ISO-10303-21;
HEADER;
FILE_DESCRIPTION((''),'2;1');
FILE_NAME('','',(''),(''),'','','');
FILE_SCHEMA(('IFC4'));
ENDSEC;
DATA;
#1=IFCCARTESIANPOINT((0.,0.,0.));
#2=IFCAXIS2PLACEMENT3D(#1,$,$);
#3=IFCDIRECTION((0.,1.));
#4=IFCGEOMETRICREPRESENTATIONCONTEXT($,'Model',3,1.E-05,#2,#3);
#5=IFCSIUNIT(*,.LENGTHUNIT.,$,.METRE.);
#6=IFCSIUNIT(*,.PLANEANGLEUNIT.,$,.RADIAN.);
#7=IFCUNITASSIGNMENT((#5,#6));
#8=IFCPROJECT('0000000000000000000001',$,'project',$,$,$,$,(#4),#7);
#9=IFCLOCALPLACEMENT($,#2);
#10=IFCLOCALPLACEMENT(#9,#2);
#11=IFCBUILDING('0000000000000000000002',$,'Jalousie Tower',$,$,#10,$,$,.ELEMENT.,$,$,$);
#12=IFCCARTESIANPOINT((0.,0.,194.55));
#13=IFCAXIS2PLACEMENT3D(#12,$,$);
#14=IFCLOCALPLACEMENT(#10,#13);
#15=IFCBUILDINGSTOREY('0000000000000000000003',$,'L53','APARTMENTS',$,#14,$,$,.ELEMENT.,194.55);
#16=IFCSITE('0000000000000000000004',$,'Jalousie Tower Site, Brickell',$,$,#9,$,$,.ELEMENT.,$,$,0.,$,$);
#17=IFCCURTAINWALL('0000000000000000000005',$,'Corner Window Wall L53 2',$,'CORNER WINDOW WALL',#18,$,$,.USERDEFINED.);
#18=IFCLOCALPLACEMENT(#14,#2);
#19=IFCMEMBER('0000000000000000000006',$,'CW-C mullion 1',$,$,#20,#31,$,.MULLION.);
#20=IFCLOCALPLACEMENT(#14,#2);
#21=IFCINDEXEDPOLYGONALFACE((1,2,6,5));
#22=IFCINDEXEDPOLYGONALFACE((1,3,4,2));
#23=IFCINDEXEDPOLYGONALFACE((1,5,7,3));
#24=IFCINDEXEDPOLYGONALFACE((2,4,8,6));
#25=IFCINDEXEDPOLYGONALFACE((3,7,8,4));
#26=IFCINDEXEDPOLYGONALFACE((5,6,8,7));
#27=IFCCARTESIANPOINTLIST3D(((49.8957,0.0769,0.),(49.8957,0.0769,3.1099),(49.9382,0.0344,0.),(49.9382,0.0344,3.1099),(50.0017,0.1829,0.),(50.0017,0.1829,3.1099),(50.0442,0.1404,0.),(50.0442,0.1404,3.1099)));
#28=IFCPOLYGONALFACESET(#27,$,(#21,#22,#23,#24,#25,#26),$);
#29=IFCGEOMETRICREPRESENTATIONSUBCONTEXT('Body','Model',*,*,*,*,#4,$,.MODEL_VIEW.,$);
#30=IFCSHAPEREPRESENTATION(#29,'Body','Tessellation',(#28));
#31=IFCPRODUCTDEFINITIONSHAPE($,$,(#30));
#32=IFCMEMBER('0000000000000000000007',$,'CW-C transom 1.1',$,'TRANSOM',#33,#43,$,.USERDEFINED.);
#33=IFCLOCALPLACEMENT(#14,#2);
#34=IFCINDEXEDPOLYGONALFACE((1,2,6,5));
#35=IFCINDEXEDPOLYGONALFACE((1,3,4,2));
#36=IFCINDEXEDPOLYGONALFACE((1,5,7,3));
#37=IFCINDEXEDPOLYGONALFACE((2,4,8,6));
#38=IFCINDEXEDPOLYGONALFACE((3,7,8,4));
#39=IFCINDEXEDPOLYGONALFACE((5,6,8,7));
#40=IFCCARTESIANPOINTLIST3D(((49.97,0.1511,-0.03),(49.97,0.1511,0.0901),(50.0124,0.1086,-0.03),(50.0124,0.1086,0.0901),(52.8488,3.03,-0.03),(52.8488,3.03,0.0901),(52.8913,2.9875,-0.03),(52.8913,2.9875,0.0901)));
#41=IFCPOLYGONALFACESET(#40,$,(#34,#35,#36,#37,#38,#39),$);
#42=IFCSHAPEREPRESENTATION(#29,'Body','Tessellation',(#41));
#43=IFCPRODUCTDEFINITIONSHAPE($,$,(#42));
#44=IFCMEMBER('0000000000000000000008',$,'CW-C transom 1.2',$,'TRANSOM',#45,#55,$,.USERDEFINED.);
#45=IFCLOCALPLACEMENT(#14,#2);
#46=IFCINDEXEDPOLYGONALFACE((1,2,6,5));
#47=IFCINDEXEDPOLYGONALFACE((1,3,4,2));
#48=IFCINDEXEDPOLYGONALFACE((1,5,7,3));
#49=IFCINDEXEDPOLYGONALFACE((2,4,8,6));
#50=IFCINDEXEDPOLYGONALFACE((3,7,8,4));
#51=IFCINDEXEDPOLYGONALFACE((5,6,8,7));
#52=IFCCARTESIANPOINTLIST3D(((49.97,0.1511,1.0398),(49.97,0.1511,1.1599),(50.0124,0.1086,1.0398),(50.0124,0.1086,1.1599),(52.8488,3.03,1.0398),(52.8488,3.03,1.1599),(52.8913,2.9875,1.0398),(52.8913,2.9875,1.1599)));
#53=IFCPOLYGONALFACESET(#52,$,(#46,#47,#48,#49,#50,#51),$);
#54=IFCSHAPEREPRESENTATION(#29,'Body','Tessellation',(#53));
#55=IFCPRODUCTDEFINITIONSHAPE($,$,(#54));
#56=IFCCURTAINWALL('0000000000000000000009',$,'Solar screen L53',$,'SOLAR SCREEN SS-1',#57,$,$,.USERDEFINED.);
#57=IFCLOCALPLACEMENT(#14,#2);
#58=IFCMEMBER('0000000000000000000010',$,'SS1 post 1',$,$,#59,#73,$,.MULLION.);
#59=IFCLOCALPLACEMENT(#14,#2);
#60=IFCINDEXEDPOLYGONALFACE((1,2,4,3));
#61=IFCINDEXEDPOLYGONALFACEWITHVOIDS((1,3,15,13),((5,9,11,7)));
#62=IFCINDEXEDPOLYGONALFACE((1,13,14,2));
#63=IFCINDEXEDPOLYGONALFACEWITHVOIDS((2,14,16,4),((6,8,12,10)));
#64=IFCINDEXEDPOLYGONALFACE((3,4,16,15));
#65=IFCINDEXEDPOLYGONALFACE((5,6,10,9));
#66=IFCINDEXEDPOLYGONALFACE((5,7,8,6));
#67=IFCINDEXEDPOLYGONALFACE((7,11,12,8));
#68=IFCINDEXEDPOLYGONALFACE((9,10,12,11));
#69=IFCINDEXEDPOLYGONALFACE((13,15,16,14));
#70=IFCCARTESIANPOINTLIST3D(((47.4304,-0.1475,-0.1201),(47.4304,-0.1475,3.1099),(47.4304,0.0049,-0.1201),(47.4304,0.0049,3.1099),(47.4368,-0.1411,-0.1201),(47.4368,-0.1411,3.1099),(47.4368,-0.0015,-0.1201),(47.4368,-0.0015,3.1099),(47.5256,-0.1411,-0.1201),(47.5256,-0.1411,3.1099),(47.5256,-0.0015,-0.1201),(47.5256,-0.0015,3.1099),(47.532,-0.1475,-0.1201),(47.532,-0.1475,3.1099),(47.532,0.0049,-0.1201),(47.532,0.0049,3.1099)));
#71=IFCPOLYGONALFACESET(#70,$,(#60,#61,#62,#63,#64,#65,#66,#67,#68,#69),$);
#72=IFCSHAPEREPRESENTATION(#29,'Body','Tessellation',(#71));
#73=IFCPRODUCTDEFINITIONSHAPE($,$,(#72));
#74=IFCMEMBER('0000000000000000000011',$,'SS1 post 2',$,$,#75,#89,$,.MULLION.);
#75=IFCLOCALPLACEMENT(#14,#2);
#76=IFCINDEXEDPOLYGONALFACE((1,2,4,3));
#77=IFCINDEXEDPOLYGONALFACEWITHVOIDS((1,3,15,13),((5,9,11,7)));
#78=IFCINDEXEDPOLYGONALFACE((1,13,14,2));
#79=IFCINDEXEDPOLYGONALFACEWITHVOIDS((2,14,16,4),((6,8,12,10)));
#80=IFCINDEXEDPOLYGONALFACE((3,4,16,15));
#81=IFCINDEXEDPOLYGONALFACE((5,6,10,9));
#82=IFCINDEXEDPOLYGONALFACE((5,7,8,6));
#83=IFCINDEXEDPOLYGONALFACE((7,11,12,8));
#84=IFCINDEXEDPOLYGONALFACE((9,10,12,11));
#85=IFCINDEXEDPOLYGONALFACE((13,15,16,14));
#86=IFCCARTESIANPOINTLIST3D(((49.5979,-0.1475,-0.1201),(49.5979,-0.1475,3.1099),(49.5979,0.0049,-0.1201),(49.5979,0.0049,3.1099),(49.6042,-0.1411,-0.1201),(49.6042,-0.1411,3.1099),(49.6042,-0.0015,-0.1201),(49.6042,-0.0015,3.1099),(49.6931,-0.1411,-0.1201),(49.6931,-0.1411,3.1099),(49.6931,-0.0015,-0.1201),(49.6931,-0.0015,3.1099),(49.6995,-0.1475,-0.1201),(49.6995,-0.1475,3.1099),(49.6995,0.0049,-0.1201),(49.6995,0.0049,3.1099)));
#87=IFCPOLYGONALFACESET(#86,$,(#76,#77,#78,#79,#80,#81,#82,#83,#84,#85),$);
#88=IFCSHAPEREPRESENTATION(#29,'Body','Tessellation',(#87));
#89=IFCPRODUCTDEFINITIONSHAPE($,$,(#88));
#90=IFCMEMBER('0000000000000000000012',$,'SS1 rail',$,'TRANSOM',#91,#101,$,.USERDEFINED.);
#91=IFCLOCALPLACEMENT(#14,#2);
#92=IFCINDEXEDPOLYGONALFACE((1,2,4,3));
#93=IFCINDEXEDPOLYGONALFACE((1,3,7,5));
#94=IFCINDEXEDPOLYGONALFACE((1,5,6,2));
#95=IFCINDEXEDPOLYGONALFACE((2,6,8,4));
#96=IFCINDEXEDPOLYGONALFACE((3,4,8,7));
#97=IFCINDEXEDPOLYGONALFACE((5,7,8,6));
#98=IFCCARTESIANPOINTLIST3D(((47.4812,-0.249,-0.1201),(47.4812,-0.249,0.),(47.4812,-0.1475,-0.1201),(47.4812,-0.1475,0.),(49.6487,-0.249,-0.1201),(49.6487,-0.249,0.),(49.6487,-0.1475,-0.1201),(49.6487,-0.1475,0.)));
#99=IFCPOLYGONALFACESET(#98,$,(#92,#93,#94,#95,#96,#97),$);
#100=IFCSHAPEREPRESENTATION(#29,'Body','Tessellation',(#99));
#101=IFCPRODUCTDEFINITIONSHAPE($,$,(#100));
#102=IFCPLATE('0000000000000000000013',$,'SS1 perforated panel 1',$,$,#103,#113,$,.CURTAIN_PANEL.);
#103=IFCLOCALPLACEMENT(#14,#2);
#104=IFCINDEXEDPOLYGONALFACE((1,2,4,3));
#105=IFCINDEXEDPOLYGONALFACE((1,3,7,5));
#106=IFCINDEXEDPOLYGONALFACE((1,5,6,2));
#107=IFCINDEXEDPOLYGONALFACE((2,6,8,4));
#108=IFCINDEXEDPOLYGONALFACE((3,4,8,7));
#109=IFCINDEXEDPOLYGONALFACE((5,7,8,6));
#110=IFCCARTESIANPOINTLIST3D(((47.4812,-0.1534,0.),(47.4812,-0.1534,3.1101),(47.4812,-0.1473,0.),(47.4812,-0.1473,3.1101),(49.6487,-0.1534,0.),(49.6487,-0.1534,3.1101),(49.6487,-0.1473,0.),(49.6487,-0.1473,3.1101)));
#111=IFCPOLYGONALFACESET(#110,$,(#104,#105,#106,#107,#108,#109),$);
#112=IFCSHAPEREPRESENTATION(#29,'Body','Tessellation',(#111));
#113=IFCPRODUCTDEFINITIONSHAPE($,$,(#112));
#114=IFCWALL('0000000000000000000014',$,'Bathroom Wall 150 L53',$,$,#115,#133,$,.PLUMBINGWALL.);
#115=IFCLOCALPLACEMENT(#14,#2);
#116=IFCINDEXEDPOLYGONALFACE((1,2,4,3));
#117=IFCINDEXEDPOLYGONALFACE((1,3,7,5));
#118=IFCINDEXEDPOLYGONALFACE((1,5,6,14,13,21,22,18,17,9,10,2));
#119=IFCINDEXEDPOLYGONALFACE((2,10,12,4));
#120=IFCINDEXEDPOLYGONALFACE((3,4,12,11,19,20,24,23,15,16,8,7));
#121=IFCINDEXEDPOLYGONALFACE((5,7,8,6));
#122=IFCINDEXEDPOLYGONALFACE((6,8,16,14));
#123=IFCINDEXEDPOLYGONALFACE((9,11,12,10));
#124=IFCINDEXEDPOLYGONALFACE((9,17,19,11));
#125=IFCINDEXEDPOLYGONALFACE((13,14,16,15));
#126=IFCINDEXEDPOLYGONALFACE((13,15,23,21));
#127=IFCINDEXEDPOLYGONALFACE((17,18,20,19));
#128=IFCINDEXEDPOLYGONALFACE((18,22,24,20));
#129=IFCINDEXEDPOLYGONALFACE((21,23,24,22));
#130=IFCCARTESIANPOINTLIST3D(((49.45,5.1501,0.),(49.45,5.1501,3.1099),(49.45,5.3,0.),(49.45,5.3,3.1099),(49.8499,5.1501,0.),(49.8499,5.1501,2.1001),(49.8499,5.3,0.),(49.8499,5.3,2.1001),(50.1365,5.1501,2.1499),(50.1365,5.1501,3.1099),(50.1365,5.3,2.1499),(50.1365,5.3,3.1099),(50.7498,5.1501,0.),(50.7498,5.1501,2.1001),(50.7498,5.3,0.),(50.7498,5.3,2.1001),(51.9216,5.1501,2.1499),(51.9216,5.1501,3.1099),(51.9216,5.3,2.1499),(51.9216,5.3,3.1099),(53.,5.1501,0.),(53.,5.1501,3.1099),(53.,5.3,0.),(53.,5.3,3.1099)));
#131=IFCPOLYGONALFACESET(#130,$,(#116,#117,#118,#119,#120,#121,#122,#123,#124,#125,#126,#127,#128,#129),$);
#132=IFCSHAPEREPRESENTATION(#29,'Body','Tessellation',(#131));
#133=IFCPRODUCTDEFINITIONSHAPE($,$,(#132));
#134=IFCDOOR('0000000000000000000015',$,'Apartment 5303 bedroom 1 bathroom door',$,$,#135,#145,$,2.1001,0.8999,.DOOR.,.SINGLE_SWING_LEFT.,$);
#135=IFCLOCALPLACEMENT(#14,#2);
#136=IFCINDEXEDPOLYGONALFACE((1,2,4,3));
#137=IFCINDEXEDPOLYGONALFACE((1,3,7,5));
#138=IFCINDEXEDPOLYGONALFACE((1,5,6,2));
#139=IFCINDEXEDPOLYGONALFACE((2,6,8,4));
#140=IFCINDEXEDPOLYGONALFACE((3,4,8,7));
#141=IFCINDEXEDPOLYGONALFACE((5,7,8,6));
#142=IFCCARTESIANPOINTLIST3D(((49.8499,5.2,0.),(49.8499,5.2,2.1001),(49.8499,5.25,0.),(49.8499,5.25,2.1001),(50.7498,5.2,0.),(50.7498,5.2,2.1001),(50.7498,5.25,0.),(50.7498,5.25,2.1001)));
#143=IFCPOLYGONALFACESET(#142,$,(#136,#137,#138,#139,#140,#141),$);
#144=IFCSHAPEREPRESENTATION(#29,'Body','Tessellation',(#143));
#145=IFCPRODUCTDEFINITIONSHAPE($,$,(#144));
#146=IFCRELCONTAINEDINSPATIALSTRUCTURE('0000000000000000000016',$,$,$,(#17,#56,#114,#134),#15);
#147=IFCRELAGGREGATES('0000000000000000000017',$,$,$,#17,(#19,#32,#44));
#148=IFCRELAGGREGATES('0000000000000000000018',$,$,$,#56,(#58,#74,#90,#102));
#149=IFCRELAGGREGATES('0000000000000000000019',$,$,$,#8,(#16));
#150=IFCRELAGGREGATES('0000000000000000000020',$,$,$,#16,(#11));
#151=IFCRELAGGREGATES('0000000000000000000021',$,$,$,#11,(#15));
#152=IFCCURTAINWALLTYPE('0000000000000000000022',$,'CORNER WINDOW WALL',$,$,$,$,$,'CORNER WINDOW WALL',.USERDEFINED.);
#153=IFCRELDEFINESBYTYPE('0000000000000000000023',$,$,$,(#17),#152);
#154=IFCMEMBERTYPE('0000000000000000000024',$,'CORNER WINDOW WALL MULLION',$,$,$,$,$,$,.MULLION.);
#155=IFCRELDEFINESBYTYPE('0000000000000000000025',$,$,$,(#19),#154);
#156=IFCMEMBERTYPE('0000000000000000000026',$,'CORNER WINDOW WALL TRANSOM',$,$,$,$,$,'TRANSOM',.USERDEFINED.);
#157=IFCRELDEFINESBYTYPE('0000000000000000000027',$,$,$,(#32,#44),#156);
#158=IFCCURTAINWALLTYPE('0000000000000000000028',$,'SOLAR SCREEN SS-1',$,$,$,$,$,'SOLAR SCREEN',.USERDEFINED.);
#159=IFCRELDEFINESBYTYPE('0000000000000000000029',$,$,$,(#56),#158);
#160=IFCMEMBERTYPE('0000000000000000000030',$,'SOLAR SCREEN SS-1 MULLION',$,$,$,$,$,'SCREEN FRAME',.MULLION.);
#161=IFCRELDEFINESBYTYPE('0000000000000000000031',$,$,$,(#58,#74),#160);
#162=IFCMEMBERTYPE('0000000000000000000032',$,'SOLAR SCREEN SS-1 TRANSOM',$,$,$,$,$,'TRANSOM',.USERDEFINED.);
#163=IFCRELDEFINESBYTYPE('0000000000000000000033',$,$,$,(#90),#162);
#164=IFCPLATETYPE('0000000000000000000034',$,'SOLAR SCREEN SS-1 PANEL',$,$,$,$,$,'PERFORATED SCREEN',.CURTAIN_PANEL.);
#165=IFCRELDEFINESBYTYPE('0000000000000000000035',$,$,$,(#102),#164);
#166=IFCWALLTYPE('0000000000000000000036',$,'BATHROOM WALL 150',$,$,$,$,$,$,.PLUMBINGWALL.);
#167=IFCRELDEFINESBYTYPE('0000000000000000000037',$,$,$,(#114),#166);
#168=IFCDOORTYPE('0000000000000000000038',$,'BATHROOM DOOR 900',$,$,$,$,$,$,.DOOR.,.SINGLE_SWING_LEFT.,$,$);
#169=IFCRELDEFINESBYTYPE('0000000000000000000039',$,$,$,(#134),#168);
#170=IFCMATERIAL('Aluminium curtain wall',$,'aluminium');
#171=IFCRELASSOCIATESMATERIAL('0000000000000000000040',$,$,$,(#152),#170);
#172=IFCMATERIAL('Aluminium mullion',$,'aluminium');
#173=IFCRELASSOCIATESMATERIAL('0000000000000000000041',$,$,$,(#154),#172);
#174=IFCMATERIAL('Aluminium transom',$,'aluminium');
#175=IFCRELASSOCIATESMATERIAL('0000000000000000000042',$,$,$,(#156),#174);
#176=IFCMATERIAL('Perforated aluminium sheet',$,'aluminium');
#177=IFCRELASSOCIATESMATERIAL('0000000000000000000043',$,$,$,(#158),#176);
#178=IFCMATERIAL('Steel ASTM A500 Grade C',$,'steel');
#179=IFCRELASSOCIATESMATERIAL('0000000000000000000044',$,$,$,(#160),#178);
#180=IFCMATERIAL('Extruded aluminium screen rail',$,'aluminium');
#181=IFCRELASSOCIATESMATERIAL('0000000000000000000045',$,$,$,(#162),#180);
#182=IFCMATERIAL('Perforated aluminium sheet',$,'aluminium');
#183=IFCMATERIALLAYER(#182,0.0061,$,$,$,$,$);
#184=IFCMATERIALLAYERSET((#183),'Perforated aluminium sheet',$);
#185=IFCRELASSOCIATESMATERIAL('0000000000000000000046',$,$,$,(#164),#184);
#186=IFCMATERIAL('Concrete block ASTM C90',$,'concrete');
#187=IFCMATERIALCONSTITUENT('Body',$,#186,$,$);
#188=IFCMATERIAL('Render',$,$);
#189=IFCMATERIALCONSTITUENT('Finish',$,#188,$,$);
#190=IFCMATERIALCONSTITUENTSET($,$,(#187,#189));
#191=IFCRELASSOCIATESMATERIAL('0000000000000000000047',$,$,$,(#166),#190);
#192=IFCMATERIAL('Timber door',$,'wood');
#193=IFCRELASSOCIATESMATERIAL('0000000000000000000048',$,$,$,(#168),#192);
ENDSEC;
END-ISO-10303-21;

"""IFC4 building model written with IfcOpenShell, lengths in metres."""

from ifc_helpers import new_model, si_unit, direction, frame, frame_2d, origin, origin_2d, place, context, subcontext, project, spatial, polyline, rectangle, hollow_rectangle, outline, extrude, material, layer, layer_set, constituent, constituent_set, material_profile, profile_set, type_object, element, fill, aggregate, save


model = new_model("IFC4")

# Units and contexts
model_context = context("Model", 3, precision=1e-05, world=origin(), true_north=direction((0.0, 1.0)))
body_context = subcontext(model_context, "Body", "Model", "MODEL_VIEW")
ifc_project = project(units=[si_unit("LENGTHUNIT", "METRE"), si_unit("PLANEANGLEUNIT", "RADIAN")], contexts=[model_context])

# Site, building, storey
site_placement = place(None, origin())
site = spatial("IfcSite", under=ifc_project, at=site_placement, Name="Jalousie Tower Site, Brickell", CompositionType="ELEMENT", RefElevation=0.0)
building_placement = place(site_placement, origin())
building = spatial("IfcBuilding", under=site, at=building_placement, Name="Jalousie Tower", CompositionType="ELEMENT")
storey_placement = place(building_placement, frame((0.0, 0.0, 194.55)))
storey = spatial("IfcBuildingStorey", under=building, at=storey_placement, Name="L53", Description="APARTMENTS", CompositionType="ELEMENT", Elevation=194.55)

# Curtain wall, members
ifc_material_1 = material(Name="Aluminium curtain wall", Category="aluminium")
curtain_wall_type_1 = type_object("IfcCurtainWallType", Name="CORNER WINDOW WALL", ElementType="CORNER WINDOW WALL", PredefinedType="USERDEFINED", material=ifc_material_1)
curtain_wall_1_placement = place(storey_placement, origin())
curtain_wall_1 = element("IfcCurtainWall", 1, at=curtain_wall_1_placement, inside=storey, type_object=curtain_wall_type_1, Name="Corner Window Wall L53 2", ObjectType="CORNER WINDOW WALL", PredefinedType="USERDEFINED")
ifc_material_2 = material(Name="Aluminium mullion", Category="aluminium")
ifc_material_profile_1 = material_profile(ifc_material_2, rectangle(XDim=0.0601, YDim=0.1499, at=origin_2d()), Name="MULLION 60x150")
ifc_profile_set_1 = profile_set([ifc_material_profile_1], Name="Aluminium mullion")
member_type_1 = type_object("IfcMemberType", Name="CORNER WINDOW WALL MULLION", PredefinedType="MULLION", material=ifc_profile_set_1)
member_1_placement = place(storey_placement, frame((49.97, 0.1086, 0.0), z_axis=(0.0, 0.0, 1.0), x_axis=(-0.707107, 0.707107, 0.0)))
member_1 = element("IfcMember", 2, at=member_1_placement, type_object=member_type_1, Name="CW-C mullion 1", PredefinedType="MULLION", context=body_context, shape_type="SweptSolid", body=[
    extrude(rectangle(XDim=0.0601, YDim=0.1499, at=origin_2d()), origin(), (0.0, 0.0, 1.0), 3.1099),
])
ifc_material_3 = material(Name="Aluminium transom", Category="aluminium")
ifc_material_profile_2 = material_profile(ifc_material_3, rectangle(XDim=0.0601, YDim=0.1201, at=origin_2d()), Name="TRANSOM 60x120")
ifc_profile_set_2 = profile_set([ifc_material_profile_2], Name="Aluminium transom")
member_type_2 = type_object("IfcMemberType", Name="CORNER WINDOW WALL TRANSOM", ElementType="TRANSOM", PredefinedType="USERDEFINED", material=ifc_profile_set_2)
member_2_placement = place(storey_placement, frame((49.9912, 0.1299, 0.03), z_axis=(0.707107, 0.707107, 0.0), x_axis=(-0.707107, 0.707107, 0.0)))
member_2 = element("IfcMember", 3, at=member_2_placement, type_object=member_type_2, Name="CW-C transom 1.1", ObjectType="TRANSOM", PredefinedType="USERDEFINED", context=body_context, shape_type="SweptSolid", body=[
    extrude(rectangle(XDim=0.0601, YDim=0.1201, at=origin_2d()), origin(), (0.0, 0.0, 1.0), 4.0713),
])
member_3_placement = place(storey_placement, frame((49.9912, 0.1299, 1.0999), z_axis=(0.707107, 0.707107, 0.0), x_axis=(-0.707107, 0.707107, 0.0)))
member_3 = element("IfcMember", 4, at=member_3_placement, type_object=member_type_2, Name="CW-C transom 1.2", ObjectType="TRANSOM", PredefinedType="USERDEFINED", context=body_context, shape_type="SweptSolid", body=[
    extrude(rectangle(XDim=0.0601, YDim=0.1201, at=origin_2d()), origin(), (0.0, 0.0, 1.0), 4.0713),
])
aggregate(curtain_wall_1, [member_1, member_2, member_3])

# Curtain wall, members, plate
ifc_material_4 = material(Name="Perforated aluminium sheet", Category="aluminium")
curtain_wall_type_2 = type_object("IfcCurtainWallType", Name="SOLAR SCREEN SS-1", ElementType="SOLAR SCREEN", PredefinedType="USERDEFINED", material=ifc_material_4)
curtain_wall_2_placement = place(storey_placement, origin())
curtain_wall_2 = element("IfcCurtainWall", 5, at=curtain_wall_2_placement, inside=storey, type_object=curtain_wall_type_2, Name="Solar screen L53", ObjectType="SOLAR SCREEN SS-1", PredefinedType="USERDEFINED")
ifc_material_5 = material(Name="Steel ASTM A500 Grade C", Category="steel")
ifc_material_profile_3 = material_profile(ifc_material_5, hollow_rectangle(XDim=0.1016, YDim=0.1523, WallThickness=0.0063, at=origin_2d()), Name="HSS6X4X1/4")
ifc_profile_set_3 = profile_set([ifc_material_profile_3], Name="Steel ASTM A500 Grade C")
member_type_3 = type_object("IfcMemberType", Name="SOLAR SCREEN SS-1 MULLION", ElementType="SCREEN FRAME", PredefinedType="MULLION", material=ifc_profile_set_3)
member_4_placement = place(storey_placement, frame((47.4812, -0.0713, -0.1201), z_axis=(0.0, 0.0, 1.0), x_axis=(1.0, 0.0, 0.0)))
member_4 = element("IfcMember", 6, at=member_4_placement, type_object=member_type_3, Name="SS1 post 1", PredefinedType="MULLION", context=body_context, shape_type="SweptSolid", body=[
    extrude(hollow_rectangle(XDim=0.1016, YDim=0.1523, WallThickness=0.0063, at=origin_2d()), origin(), (0.0, 0.0, 1.0), 3.23),
])
member_5_placement = place(storey_placement, frame((49.6487, -0.0713, -0.1201), z_axis=(0.0, 0.0, 1.0), x_axis=(1.0, 0.0, 0.0)))
member_5 = element("IfcMember", 7, at=member_5_placement, type_object=member_type_3, Name="SS1 post 2", PredefinedType="MULLION", context=body_context, shape_type="SweptSolid", body=[
    extrude(hollow_rectangle(XDim=0.1016, YDim=0.1523, WallThickness=0.0063, at=origin_2d()), origin(), (0.0, 0.0, 1.0), 3.23),
])
ifc_material_6 = material(Name="Extruded aluminium screen rail", Category="aluminium")
ifc_material_profile_4 = material_profile(ifc_material_6, rectangle(XDim=0.1016, YDim=0.1201, at=origin_2d()), Name="RAIL 102x120")
ifc_profile_set_4 = profile_set([ifc_material_profile_4], Name="Extruded aluminium screen rail")
member_type_4 = type_object("IfcMemberType", Name="SOLAR SCREEN SS-1 TRANSOM", ElementType="TRANSOM", PredefinedType="USERDEFINED", material=ifc_profile_set_4)
member_6_placement = place(storey_placement, frame((47.4812, -0.1982, -0.0601), z_axis=(1.0, 0.0, 0.0), x_axis=(0.0, 1.0, 0.0)))
member_6 = element("IfcMember", 8, at=member_6_placement, type_object=member_type_4, Name="SS1 rail", ObjectType="TRANSOM", PredefinedType="USERDEFINED", context=body_context, shape_type="SweptSolid", body=[
    extrude(rectangle(XDim=0.1016, YDim=0.1201, at=origin_2d()), origin(), (0.0, 0.0, 1.0), 2.1675),
])
ifc_material_7 = material(Name="Perforated aluminium sheet", Category="aluminium")
ifc_layer = layer(ifc_material_7, 0.0061)
ifc_layer_set = layer_set([ifc_layer], Name="Perforated aluminium sheet")
plate_type = type_object("IfcPlateType", Name="SOLAR SCREEN SS-1 PANEL", ElementType="PERFORATED SCREEN", PredefinedType="CURTAIN_PANEL", material=ifc_layer_set)
plate_placement = place(storey_placement, frame((48.5649, -0.1504, 0.0), z_axis=(0.0, 0.0, 1.0), x_axis=(1.0, 0.0, 0.0)))
plate = element("IfcPlate", 9, at=plate_placement, type_object=plate_type, Name="SS1 perforated panel 1", PredefinedType="CURTAIN_PANEL", context=body_context, shape_type="SweptSolid", body=[
    extrude(rectangle(XDim=2.1675, YDim=0.0061, at=origin_2d()), origin(), (0.0, 0.0, 1.0), 3.1101),
])
aggregate(curtain_wall_2, [member_4, member_5, member_6, plate])

# Wall, opening, door
ifc_material_8 = material(Name="Concrete block ASTM C90", Category="concrete")
ifc_constituent_1 = constituent(ifc_material_8, Name="Body")
ifc_material_9 = material(Name="Render")
ifc_constituent_2 = constituent(ifc_material_9, Name="Finish")
ifc_constituent_set_1 = constituent_set(constituents=[ifc_constituent_1, ifc_constituent_2])
wall_type_1 = type_object("IfcWallType", Name="BATHROOM WALL 150", PredefinedType="PLUMBINGWALL", material=ifc_constituent_set_1)
wall_1_placement = place(storey_placement, frame((49.45, 5.2251, 0.0), z_axis=(0.0, 0.0, 1.0), x_axis=(1.0, 0.0, 0.0)))
wall_1 = element("IfcWall", 10, at=wall_1_placement, inside=storey, type_object=wall_type_1, Name="Bathroom Wall 150 L53", PredefinedType="PLUMBINGWALL", context=body_context, shape_type="SweptSolid", body=[
    extrude(outline(polyline([(0.0, 0.0), (3.55, 0.0), (3.55, 3.1099), (2.4717, 3.1099), (2.4717, 2.1499), (0.6865, 2.1499), (0.6865, 3.1099), (0.0, 3.1099), (0.0, 0.0)])), frame((0.0, 0.075, 0.0), z_axis=(0.0, -1.0, 0.0), x_axis=(1.0, 0.0, 0.0)), (0.0, 0.0, 1.0), 0.1499),
])
opening_1_placement = place(wall_1_placement, frame((0.3999, 0.0, 0.0)))
opening_1 = element("IfcOpeningElement", 11, at=opening_1_placement, cuts=wall_1, PredefinedType="OPENING", context=body_context, shape_type="SweptSolid", body=[
    extrude(rectangle(XDim=0.8999, YDim=2.1001, at=frame_2d((0.45, 1.05))), frame((0.0, 0.085, 0.0), z_axis=(0.0, -1.0, 0.0), x_axis=(1.0, 0.0, 0.0)), (0.0, 0.0, 1.0), 0.1699),
])
ifc_material_10 = material(Name="Timber door", Category="wood")
door_type_1 = type_object("IfcDoorType", Name="BATHROOM DOOR 900", OperationType="SINGLE_SWING_LEFT", PredefinedType="DOOR", material=ifc_material_10)
door_1_placement = place(opening_1_placement, origin())
door_1 = element("IfcDoor", 12, at=door_1_placement, inside=storey, type_object=door_type_1, Name="Apartment 5303 bedroom 1 bathroom door", OperationType="SINGLE_SWING_LEFT", OverallHeight=2.1001, OverallWidth=0.8999, PredefinedType="DOOR", context=body_context, shape_type="SweptSolid", body=[
    extrude(rectangle(XDim=0.8999, YDim=2.1001, at=frame_2d((0.45, 1.05))), frame((0.0, 0.0249, 0.0), z_axis=(0.0, -1.0, 0.0), x_axis=(1.0, 0.0, 0.0)), (0.0, 0.0, 1.0), 0.05),
])
fill(opening_1, door_1)

save(model, "model.ifc")
